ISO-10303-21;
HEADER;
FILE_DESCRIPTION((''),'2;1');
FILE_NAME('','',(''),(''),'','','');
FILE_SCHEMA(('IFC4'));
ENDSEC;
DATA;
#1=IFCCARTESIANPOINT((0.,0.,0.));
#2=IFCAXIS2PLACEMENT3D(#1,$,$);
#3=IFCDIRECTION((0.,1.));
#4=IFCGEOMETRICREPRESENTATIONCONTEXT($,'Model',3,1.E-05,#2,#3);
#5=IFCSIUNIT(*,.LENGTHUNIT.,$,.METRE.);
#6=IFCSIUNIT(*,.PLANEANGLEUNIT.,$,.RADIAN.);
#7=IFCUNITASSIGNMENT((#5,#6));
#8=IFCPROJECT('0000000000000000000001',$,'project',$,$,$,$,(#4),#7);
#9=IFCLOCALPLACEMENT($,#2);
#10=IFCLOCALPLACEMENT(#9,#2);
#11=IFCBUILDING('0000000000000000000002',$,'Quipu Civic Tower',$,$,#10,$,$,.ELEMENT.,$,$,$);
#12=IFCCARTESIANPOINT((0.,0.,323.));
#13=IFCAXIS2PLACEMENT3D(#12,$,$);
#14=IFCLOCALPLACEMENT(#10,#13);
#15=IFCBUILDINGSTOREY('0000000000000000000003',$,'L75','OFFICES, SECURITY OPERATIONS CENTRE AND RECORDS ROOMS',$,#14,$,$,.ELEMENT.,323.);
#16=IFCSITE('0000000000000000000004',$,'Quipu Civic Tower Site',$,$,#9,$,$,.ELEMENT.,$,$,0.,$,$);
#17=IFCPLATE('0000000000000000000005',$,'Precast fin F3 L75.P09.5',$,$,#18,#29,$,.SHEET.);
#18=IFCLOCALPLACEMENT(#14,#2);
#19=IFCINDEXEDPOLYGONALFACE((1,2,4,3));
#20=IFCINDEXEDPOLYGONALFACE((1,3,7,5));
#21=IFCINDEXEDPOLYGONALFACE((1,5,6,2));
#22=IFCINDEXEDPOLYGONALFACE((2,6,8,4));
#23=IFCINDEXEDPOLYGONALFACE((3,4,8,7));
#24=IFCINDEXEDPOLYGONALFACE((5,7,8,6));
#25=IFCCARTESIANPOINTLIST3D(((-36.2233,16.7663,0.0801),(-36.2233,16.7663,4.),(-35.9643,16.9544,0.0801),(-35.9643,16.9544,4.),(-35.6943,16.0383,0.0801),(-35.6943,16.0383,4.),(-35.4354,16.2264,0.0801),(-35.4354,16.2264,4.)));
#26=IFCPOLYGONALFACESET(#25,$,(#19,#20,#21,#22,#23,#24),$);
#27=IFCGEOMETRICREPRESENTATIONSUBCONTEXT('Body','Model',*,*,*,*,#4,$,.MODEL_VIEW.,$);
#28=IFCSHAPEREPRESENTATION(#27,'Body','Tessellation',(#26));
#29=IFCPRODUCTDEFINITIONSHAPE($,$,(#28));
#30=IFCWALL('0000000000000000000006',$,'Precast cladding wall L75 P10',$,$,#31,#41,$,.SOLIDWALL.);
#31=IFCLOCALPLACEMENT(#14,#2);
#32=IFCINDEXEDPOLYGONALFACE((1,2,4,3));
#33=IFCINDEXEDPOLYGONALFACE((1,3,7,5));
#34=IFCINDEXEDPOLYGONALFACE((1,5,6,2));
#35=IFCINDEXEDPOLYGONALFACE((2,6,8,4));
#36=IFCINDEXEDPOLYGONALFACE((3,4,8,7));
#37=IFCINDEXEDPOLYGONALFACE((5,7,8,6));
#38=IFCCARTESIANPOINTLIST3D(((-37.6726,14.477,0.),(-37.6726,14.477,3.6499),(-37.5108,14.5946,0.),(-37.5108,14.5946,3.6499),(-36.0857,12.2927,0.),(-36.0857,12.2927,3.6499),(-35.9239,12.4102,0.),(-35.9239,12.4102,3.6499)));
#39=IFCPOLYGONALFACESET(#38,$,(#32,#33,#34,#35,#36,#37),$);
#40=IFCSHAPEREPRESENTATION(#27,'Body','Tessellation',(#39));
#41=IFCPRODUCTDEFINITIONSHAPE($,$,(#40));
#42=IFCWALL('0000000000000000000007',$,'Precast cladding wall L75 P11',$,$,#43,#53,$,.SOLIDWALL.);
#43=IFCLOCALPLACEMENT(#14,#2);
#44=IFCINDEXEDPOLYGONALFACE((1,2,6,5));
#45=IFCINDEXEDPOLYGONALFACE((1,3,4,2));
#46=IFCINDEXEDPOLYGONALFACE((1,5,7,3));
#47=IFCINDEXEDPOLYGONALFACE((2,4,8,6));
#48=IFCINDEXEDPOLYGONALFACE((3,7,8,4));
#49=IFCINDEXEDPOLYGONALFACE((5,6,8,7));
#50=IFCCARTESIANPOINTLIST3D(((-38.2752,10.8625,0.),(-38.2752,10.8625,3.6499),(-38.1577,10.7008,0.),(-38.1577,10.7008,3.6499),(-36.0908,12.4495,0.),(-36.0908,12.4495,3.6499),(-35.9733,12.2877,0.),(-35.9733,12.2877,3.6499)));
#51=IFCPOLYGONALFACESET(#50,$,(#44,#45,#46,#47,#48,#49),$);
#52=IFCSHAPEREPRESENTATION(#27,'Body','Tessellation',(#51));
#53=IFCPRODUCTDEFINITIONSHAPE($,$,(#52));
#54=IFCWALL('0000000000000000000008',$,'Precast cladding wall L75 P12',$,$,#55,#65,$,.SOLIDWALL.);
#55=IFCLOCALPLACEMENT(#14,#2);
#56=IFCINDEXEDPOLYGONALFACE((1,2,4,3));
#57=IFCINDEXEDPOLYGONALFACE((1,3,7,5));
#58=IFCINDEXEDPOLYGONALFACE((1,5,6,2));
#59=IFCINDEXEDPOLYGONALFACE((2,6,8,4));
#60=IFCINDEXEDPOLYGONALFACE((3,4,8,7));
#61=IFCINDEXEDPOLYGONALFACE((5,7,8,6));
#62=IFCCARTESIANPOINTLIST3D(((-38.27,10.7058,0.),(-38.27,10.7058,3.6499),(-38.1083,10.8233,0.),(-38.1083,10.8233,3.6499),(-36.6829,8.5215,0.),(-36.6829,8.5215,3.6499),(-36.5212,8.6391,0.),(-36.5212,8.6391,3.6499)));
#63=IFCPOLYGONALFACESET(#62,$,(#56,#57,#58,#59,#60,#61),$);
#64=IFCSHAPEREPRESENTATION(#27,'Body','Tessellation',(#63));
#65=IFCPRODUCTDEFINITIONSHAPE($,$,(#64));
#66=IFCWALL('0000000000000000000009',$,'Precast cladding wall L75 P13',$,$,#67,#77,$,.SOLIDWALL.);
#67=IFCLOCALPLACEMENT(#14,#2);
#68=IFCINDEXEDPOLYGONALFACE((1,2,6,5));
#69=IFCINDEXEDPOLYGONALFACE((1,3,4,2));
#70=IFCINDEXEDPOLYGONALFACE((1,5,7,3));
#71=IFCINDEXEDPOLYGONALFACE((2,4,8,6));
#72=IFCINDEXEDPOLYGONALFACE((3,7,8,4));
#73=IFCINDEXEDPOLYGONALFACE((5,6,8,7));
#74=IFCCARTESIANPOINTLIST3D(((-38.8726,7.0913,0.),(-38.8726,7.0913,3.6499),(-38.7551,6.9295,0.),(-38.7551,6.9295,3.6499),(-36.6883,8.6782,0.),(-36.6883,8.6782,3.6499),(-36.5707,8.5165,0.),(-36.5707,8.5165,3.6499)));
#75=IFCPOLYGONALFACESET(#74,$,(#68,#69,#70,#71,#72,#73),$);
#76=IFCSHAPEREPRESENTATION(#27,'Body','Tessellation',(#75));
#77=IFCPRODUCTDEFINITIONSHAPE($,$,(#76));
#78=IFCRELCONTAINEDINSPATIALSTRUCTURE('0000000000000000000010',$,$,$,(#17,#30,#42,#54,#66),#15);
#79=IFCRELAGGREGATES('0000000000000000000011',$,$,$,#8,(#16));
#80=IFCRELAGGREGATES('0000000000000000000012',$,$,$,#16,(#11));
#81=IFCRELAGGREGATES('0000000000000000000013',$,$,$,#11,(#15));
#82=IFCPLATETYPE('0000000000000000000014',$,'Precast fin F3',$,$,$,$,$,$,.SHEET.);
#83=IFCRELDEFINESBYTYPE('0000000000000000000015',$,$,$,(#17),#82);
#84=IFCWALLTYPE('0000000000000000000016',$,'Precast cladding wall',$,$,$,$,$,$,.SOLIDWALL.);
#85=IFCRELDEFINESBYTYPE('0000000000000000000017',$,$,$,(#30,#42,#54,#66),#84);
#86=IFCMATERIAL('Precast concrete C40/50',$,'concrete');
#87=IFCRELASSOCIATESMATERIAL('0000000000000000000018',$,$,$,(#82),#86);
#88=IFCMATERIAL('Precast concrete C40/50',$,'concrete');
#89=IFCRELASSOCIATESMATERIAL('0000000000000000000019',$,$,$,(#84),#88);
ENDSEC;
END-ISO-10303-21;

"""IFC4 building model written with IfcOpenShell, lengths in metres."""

from ifc_helpers import new_model, si_unit, direction, frame, frame_2d, origin, origin_2d, place, context, subcontext, project, spatial, rectangle, extrude, material, type_object, element, save


model = new_model("IFC4")

# Units and contexts
model_context = context("Model", 3, precision=1e-05, world=origin(), true_north=direction((0.0, 1.0)))
body_context = subcontext(model_context, "Body", "Model", "MODEL_VIEW")
ifc_project = project(units=[si_unit("LENGTHUNIT", "METRE"), si_unit("PLANEANGLEUNIT", "RADIAN")], contexts=[model_context])

# Site, building, storey
site_placement = place(None, origin())
site = spatial("IfcSite", under=ifc_project, at=site_placement, Name="Quipu Civic Tower Site", CompositionType="ELEMENT", RefElevation=0.0)
building_placement = place(site_placement, origin())
building = spatial("IfcBuilding", under=site, at=building_placement, Name="Quipu Civic Tower", CompositionType="ELEMENT")
storey_placement = place(building_placement, frame((0.0, 0.0, 323.0)))
storey = spatial("IfcBuildingStorey", under=building, at=storey_placement, Name="L75", Description="OFFICES, SECURITY OPERATIONS CENTRE AND RECORDS ROOMS", CompositionType="ELEMENT", Elevation=323.0)

# Plate
ifc_material_1 = material(Name="Precast concrete C40/50", Category="concrete")
plate_type_1 = type_object("IfcPlateType", Name="Precast fin F3", PredefinedType="SHEET", material=ifc_material_1)
for number, where, z_axis, x_axis, name in (
    (1, (-35.8293, 16.4963, 0.0801), (0.0, 0.0, 1.0), (-0.809017, -0.587785, 0.0), "Precast fin F3 L75.P09.5"),
):
    element("IfcPlate", number, at=place(storey_placement, frame(where, z_axis=z_axis, x_axis=x_axis)), inside=storey, type_object=plate_type_1, Name=name, PredefinedType="SHEET", context=body_context, shape_type="SweptSolid", body=[
        extrude(rectangle(XDim=0.3201, YDim=0.8999, at=origin_2d()), origin(), (0.0, 0.0, 1.0), 3.9199),
    ])

# Walls
ifc_material_2 = material(Name="Precast concrete C40/50", Category="concrete")
wall_type = type_object("IfcWallType", Name="Precast cladding wall", PredefinedType="SOLIDWALL", material=ifc_material_2)
for number, where, z_axis, x_axis, name in (
    (2, (-37.5918, 14.5359, 0.0), (0.0, 0.0, 1.0), (0.587763, -0.809033, 0.0), "Precast cladding wall L75 P10"),
    (3, (-36.032, 12.3687, 0.0), (0.0, 0.0, 1.0), (-0.809033, -0.587763, 0.0), "Precast cladding wall L75 P11"),
    (4, (-38.1892, 10.7646, 0.0), (0.0, 0.0, 1.0), (0.587822, -0.80899, 0.0), "Precast cladding wall L75 P12"),
    (5, (-36.6294, 8.5974, 0.0), (0.0, 0.0, 1.0), (-0.809033, -0.587763, 0.0), "Precast cladding wall L75 P13"),
):
    element("IfcWall", number, at=place(storey_placement, frame(where, z_axis=z_axis, x_axis=x_axis)), inside=storey, type_object=wall_type, Name=name, PredefinedType="SOLIDWALL", context=body_context, shape_type="SweptSolid", body=[
        extrude(rectangle(XDim=2.7, YDim=0.2, at=frame_2d((1.3501, 0.0))), origin(), (0.0, 0.0, 1.0), 3.6499),
    ])

save(model, "model.ifc")
